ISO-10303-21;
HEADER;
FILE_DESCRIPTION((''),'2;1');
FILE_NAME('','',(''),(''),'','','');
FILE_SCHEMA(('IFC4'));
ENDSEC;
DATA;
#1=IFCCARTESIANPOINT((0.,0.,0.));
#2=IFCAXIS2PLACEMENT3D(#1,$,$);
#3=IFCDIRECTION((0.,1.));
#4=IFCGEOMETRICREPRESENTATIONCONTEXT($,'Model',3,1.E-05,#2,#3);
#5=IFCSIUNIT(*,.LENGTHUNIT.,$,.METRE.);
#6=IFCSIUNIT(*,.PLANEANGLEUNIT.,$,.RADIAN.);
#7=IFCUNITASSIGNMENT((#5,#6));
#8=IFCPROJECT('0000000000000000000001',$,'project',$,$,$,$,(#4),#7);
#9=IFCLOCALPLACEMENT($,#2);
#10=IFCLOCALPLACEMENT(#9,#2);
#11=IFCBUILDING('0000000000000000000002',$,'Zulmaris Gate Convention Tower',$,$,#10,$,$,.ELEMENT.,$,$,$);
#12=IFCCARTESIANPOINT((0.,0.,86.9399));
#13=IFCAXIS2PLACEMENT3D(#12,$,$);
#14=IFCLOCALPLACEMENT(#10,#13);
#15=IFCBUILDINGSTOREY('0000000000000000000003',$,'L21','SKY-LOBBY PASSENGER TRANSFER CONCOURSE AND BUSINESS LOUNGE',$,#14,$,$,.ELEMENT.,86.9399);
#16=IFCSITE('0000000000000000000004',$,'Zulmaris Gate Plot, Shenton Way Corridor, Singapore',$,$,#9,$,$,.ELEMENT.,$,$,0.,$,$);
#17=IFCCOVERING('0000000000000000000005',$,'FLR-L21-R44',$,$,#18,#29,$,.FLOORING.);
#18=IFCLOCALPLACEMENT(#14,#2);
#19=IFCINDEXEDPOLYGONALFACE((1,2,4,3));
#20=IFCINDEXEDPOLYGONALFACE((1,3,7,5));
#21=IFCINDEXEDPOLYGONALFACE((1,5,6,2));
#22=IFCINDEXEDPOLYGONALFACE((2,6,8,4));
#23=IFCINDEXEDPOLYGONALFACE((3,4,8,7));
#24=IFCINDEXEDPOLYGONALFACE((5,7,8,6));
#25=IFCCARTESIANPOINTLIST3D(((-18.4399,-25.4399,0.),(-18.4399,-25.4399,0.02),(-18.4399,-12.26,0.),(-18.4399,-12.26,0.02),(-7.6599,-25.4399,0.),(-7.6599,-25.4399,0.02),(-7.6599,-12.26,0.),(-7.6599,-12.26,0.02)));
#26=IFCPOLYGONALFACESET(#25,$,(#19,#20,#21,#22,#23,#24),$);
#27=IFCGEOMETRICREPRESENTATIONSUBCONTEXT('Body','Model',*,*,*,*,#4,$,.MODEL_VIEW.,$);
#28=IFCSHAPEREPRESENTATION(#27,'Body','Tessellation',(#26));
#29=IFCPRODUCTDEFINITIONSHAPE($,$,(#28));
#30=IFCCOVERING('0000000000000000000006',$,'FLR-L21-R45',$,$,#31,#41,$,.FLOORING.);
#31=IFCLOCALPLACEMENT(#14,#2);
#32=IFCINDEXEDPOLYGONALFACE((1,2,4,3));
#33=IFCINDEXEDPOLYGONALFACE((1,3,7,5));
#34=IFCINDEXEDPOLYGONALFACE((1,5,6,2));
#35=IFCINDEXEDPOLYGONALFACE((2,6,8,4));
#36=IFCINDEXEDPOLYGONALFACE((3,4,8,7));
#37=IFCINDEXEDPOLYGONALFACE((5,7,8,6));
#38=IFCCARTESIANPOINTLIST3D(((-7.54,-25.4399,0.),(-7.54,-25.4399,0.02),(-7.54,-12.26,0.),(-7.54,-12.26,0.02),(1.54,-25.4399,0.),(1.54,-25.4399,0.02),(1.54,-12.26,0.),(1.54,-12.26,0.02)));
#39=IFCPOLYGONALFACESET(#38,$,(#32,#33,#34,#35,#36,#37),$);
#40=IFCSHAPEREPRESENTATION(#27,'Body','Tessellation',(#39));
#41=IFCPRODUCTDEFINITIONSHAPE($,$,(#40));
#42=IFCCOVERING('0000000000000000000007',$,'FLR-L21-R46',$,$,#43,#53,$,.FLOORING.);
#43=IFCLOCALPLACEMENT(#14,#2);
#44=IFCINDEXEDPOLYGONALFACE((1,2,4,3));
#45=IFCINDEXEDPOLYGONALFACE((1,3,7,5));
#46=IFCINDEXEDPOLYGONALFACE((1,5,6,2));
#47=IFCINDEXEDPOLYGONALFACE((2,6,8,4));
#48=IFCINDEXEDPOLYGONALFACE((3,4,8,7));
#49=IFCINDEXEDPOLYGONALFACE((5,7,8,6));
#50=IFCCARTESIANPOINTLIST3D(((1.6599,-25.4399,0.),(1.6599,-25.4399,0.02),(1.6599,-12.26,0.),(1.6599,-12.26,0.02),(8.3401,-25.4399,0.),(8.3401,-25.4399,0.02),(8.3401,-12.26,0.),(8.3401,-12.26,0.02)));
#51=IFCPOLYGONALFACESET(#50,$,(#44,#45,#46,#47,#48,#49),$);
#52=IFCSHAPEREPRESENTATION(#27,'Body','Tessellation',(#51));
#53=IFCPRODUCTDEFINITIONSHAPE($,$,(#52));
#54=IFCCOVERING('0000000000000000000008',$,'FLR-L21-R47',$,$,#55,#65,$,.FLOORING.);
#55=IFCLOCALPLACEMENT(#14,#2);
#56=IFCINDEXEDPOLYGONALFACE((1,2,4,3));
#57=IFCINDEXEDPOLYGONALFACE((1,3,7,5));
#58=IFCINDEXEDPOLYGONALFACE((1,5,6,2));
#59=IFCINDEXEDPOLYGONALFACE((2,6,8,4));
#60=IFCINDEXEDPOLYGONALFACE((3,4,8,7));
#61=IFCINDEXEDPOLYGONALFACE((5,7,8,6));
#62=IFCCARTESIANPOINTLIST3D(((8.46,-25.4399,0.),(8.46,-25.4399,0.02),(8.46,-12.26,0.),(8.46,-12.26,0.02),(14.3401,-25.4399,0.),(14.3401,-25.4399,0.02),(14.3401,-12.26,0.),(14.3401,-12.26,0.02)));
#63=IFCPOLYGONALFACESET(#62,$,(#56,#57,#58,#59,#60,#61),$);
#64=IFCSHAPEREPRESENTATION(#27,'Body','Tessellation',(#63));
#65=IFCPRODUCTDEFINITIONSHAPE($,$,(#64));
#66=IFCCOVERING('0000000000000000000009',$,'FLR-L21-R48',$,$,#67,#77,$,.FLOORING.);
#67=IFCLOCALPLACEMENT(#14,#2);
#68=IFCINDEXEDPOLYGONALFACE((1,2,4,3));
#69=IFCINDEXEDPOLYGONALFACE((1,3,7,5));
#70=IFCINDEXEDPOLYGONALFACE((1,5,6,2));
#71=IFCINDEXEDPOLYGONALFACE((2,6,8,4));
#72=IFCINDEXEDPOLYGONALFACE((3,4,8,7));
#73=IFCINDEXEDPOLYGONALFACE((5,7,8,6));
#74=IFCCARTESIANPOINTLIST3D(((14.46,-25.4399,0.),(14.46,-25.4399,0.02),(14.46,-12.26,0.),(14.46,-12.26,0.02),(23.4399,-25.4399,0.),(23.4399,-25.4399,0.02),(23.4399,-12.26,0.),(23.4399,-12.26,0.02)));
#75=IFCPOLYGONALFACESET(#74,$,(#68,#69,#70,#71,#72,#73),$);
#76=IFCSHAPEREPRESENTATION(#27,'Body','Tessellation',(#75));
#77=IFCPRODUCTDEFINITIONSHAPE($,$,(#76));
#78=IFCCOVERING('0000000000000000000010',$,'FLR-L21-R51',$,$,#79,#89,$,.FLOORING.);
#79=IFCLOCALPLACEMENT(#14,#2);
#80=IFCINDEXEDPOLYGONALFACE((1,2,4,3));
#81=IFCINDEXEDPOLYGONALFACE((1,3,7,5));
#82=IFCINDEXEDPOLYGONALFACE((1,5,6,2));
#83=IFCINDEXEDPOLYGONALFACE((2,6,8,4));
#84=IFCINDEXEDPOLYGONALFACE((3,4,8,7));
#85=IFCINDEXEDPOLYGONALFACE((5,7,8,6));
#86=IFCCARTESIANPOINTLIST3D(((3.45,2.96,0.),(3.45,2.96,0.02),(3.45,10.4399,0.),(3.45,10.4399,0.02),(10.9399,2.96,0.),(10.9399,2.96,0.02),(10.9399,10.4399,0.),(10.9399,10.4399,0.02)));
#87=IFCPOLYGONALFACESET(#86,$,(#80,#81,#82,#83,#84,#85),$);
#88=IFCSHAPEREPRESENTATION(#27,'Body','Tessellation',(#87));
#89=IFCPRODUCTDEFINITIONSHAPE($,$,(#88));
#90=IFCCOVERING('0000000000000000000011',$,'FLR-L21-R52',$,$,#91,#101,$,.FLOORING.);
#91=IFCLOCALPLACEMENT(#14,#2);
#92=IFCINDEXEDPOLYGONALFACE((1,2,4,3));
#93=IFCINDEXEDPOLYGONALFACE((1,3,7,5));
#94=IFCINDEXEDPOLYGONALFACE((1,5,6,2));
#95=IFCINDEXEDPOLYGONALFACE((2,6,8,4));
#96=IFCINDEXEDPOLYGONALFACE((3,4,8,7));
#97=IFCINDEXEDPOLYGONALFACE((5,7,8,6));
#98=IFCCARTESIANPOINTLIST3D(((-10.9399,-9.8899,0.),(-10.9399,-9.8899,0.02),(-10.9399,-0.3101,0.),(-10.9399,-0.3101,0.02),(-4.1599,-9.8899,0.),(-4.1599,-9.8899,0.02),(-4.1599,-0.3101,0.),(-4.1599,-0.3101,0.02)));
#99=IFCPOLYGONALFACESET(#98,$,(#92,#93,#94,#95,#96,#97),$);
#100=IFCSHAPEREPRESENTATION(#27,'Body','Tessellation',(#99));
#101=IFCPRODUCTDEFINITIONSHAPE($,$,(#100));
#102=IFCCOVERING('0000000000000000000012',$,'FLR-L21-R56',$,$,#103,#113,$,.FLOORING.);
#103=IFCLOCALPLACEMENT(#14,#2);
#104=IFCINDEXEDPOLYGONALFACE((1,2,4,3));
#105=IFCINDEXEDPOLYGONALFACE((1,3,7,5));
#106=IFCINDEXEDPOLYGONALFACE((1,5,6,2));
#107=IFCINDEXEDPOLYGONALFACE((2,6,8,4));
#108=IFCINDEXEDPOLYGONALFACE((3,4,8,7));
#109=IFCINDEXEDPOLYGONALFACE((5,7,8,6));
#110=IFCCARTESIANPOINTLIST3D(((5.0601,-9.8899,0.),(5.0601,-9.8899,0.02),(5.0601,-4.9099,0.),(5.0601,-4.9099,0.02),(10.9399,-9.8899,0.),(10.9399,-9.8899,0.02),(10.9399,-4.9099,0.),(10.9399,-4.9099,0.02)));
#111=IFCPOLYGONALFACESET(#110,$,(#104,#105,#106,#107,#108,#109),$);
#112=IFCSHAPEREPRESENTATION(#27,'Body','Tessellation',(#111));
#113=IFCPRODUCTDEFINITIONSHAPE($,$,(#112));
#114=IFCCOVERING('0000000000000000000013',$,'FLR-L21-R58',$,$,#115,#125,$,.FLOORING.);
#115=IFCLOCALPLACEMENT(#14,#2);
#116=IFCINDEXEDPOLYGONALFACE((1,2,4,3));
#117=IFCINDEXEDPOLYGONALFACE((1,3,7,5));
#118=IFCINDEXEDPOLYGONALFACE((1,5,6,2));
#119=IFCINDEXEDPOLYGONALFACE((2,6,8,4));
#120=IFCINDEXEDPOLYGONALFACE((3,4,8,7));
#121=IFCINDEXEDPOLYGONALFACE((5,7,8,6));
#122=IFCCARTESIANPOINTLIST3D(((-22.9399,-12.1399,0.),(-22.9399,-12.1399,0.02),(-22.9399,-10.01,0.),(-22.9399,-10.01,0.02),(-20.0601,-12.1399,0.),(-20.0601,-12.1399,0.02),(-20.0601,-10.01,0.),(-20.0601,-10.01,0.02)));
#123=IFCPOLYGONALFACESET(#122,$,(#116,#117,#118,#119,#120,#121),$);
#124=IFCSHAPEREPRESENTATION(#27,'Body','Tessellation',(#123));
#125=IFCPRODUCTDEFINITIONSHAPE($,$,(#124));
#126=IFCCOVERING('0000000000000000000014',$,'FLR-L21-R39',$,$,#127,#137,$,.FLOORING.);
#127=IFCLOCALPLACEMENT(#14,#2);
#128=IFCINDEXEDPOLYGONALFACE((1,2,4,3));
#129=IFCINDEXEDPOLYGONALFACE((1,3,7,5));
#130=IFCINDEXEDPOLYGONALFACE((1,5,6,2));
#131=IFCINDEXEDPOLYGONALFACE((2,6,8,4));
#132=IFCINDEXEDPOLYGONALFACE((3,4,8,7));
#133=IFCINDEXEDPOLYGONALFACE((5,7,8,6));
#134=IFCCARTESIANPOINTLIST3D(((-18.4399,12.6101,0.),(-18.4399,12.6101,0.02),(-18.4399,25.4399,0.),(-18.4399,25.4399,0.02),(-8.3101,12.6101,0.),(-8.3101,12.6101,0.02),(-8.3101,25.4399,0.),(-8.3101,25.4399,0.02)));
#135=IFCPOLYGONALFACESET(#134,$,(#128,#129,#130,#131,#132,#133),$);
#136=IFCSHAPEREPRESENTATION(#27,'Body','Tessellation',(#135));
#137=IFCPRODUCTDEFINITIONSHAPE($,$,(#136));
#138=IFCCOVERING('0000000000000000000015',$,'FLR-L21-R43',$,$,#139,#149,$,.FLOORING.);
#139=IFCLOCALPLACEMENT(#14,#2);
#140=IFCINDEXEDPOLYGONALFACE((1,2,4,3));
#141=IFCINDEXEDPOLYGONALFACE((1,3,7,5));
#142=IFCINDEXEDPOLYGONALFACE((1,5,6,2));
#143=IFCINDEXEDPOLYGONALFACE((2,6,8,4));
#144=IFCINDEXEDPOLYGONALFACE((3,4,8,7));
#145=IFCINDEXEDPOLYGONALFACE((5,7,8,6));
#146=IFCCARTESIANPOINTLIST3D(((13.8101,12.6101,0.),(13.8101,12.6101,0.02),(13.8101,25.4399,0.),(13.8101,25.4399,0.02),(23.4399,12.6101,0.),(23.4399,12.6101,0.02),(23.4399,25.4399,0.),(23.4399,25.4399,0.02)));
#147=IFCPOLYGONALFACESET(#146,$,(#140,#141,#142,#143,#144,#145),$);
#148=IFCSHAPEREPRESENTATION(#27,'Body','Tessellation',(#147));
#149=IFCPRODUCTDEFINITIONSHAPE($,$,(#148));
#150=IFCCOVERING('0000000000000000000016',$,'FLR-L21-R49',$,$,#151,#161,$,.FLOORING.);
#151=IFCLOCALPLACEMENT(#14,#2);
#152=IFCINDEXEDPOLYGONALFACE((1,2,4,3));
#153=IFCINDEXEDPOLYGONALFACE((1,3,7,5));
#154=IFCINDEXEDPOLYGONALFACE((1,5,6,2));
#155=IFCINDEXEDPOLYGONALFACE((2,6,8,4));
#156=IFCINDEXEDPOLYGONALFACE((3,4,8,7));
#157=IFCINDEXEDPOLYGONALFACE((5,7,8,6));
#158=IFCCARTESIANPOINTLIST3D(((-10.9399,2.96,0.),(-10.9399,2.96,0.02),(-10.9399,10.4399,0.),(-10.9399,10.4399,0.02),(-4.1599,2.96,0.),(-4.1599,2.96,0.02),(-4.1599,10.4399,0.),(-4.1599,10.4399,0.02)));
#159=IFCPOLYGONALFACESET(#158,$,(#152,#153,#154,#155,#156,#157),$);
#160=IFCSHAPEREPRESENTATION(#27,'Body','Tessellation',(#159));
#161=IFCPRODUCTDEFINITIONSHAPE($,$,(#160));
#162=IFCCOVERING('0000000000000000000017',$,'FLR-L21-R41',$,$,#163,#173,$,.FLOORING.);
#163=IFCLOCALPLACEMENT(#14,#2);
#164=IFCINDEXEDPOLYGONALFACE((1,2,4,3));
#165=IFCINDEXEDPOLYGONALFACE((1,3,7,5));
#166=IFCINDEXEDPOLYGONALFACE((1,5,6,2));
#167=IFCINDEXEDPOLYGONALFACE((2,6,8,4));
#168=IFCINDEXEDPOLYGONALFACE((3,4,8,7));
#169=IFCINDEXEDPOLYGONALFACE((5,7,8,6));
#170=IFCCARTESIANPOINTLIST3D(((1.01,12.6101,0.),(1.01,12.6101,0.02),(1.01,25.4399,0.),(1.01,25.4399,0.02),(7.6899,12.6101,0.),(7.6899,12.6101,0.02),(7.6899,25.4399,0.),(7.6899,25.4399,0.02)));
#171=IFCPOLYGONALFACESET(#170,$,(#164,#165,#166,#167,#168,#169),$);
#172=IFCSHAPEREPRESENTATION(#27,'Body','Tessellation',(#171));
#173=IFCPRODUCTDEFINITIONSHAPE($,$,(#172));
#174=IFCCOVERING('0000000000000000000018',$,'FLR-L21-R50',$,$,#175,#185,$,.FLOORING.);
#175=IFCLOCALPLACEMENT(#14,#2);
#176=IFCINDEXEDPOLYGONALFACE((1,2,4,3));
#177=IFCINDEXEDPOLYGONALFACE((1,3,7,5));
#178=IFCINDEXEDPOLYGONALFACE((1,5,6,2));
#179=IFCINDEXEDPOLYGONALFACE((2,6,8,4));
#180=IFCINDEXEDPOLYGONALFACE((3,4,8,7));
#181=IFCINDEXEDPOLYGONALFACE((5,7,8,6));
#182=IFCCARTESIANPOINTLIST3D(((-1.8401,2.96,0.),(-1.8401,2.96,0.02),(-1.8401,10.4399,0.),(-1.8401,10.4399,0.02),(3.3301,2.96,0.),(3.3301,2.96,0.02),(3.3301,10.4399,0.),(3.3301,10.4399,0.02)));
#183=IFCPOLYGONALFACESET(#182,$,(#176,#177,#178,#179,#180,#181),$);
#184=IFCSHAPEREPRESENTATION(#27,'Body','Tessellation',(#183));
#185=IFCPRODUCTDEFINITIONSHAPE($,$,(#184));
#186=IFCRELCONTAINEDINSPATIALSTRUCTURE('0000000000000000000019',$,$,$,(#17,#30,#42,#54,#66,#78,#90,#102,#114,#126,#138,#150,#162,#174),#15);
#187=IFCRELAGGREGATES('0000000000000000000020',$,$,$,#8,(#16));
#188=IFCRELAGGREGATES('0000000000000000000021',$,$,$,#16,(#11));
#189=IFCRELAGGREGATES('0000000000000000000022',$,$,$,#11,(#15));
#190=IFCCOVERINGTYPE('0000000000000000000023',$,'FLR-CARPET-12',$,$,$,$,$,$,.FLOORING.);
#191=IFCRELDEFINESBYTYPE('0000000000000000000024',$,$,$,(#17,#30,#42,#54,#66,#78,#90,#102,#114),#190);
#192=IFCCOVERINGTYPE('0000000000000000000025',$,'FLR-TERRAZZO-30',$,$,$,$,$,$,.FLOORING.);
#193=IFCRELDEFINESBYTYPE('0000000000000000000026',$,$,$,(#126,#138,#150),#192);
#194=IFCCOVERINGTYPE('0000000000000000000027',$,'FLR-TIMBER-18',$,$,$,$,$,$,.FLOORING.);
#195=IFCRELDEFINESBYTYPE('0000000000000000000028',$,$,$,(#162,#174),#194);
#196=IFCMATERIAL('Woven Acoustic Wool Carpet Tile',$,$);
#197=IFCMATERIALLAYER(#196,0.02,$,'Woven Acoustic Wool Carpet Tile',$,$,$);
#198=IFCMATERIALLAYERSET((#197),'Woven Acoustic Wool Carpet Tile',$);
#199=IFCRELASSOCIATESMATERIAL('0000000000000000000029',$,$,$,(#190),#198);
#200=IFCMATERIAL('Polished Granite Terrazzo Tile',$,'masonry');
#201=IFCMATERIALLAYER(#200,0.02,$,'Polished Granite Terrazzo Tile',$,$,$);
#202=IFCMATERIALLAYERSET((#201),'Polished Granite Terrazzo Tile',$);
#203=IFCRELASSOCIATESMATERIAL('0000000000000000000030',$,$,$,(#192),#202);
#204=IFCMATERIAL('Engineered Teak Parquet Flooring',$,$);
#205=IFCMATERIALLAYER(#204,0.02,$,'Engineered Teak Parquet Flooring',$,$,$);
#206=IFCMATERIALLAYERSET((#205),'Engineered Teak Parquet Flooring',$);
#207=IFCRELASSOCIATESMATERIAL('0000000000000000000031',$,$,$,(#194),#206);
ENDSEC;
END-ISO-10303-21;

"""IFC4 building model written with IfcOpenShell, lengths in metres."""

from ifc_helpers import new_model, si_unit, direction, frame, origin, place, context, subcontext, project, spatial, polyline, outline, extrude, material, layer, layer_set, type_object, element, save


model = new_model("IFC4")

# Units and contexts
model_context = context("Model", 3, precision=1e-05, world=origin(), true_north=direction((0.0, 1.0)))
body_context = subcontext(model_context, "Body", "Model", "MODEL_VIEW")
ifc_project = project(units=[si_unit("LENGTHUNIT", "METRE"), si_unit("PLANEANGLEUNIT", "RADIAN")], contexts=[model_context])

# Site, building, storey
site_placement = place(None, origin())
site = spatial("IfcSite", under=ifc_project, at=site_placement, Name="Zulmaris Gate Plot, Shenton Way Corridor, Singapore", CompositionType="ELEMENT", RefElevation=0.0)
building_placement = place(site_placement, origin())
building = spatial("IfcBuilding", under=site, at=building_placement, Name="Zulmaris Gate Convention Tower", CompositionType="ELEMENT")
storey_placement = place(building_placement, frame((0.0, 0.0, 86.9399)))
storey = spatial("IfcBuildingStorey", under=building, at=storey_placement, Name="L21", Description="SKY-LOBBY PASSENGER TRANSFER CONCOURSE AND BUSINESS LOUNGE", CompositionType="ELEMENT", Elevation=86.9399)

# Coverings
ifc_material_1 = material(Name="Woven Acoustic Wool Carpet Tile")
ifc_layer_1 = layer(ifc_material_1, 0.02, Name="Woven Acoustic Wool Carpet Tile")
ifc_layer_set_1 = layer_set([ifc_layer_1], Name="Woven Acoustic Wool Carpet Tile")
covering_type_1 = type_object("IfcCoveringType", Name="FLR-CARPET-12", PredefinedType="FLOORING", material=ifc_layer_set_1)
covering_1_placement = place(storey_placement, origin())
element("IfcCovering", 1, at=covering_1_placement, inside=storey, type_object=covering_type_1, Name="FLR-L21-R44", PredefinedType="FLOORING", context=body_context, shape_type="SweptSolid", body=[
    extrude(outline(polyline([(-18.4399, -25.4399), (-7.6599, -25.4399), (-7.6599, -12.26), (-18.4399, -12.26), (-18.4399, -25.4399)])), origin(), (0.0, 0.0, 1.0), 0.02),
])
covering_2_placement = place(storey_placement, origin())
element("IfcCovering", 2, at=covering_2_placement, inside=storey, type_object=covering_type_1, Name="FLR-L21-R45", PredefinedType="FLOORING", context=body_context, shape_type="SweptSolid", body=[
    extrude(outline(polyline([(-7.54, -25.4399), (1.54, -25.4399), (1.54, -12.26), (-7.54, -12.26), (-7.54, -25.4399)])), origin(), (0.0, 0.0, 1.0), 0.02),
])
covering_3_placement = place(storey_placement, origin())
element("IfcCovering", 3, at=covering_3_placement, inside=storey, type_object=covering_type_1, Name="FLR-L21-R46", PredefinedType="FLOORING", context=body_context, shape_type="SweptSolid", body=[
    extrude(outline(polyline([(1.6599, -25.4399), (8.3401, -25.4399), (8.3401, -12.26), (1.6599, -12.26), (1.6599, -25.4399)])), origin(), (0.0, 0.0, 1.0), 0.02),
])
covering_4_placement = place(storey_placement, origin())
element("IfcCovering", 4, at=covering_4_placement, inside=storey, type_object=covering_type_1, Name="FLR-L21-R47", PredefinedType="FLOORING", context=body_context, shape_type="SweptSolid", body=[
    extrude(outline(polyline([(8.46, -25.4399), (14.3401, -25.4399), (14.3401, -12.26), (8.46, -12.26), (8.46, -25.4399)])), origin(), (0.0, 0.0, 1.0), 0.02),
])
covering_5_placement = place(storey_placement, origin())
element("IfcCovering", 5, at=covering_5_placement, inside=storey, type_object=covering_type_1, Name="FLR-L21-R48", PredefinedType="FLOORING", context=body_context, shape_type="SweptSolid", body=[
    extrude(outline(polyline([(14.46, -25.4399), (23.4399, -25.4399), (23.4399, -12.26), (14.46, -12.26), (14.46, -25.4399)])), origin(), (0.0, 0.0, 1.0), 0.02),
])
covering_6_placement = place(storey_placement, origin())
element("IfcCovering", 6, at=covering_6_placement, inside=storey, type_object=covering_type_1, Name="FLR-L21-R51", PredefinedType="FLOORING", context=body_context, shape_type="SweptSolid", body=[
    extrude(outline(polyline([(3.45, 2.96), (10.9399, 2.96), (10.9399, 10.4399), (3.45, 10.4399), (3.45, 2.96)])), origin(), (0.0, 0.0, 1.0), 0.02),
])
covering_7_placement = place(storey_placement, origin())
element("IfcCovering", 7, at=covering_7_placement, inside=storey, type_object=covering_type_1, Name="FLR-L21-R52", PredefinedType="FLOORING", context=body_context, shape_type="SweptSolid", body=[
    extrude(outline(polyline([(-10.9399, -9.8899), (-4.1599, -9.8899), (-4.1599, -0.3101), (-10.9399, -0.3101), (-10.9399, -9.8899)])), origin(), (0.0, 0.0, 1.0), 0.02),
])
covering_8_placement = place(storey_placement, origin())
element("IfcCovering", 8, at=covering_8_placement, inside=storey, type_object=covering_type_1, Name="FLR-L21-R56", PredefinedType="FLOORING", context=body_context, shape_type="SweptSolid", body=[
    extrude(outline(polyline([(5.0601, -9.8899), (10.9399, -9.8899), (10.9399, -4.9099), (5.0601, -4.9099), (5.0601, -9.8899)])), origin(), (0.0, 0.0, 1.0), 0.02),
])
covering_9_placement = place(storey_placement, origin())
element("IfcCovering", 9, at=covering_9_placement, inside=storey, type_object=covering_type_1, Name="FLR-L21-R58", PredefinedType="FLOORING", context=body_context, shape_type="SweptSolid", body=[
    extrude(outline(polyline([(-22.9399, -12.1399), (-20.0601, -12.1399), (-20.0601, -10.01), (-22.9399, -10.01), (-22.9399, -12.1399)])), origin(), (0.0, 0.0, 1.0), 0.02),
])
ifc_material_2 = material(Name="Polished Granite Terrazzo Tile", Category="masonry")
ifc_layer_2 = layer(ifc_material_2, 0.02, Name="Polished Granite Terrazzo Tile")
ifc_layer_set_2 = layer_set([ifc_layer_2], Name="Polished Granite Terrazzo Tile")
covering_type_2 = type_object("IfcCoveringType", Name="FLR-TERRAZZO-30", PredefinedType="FLOORING", material=ifc_layer_set_2)
covering_10_placement = place(storey_placement, origin())
element("IfcCovering", 10, at=covering_10_placement, inside=storey, type_object=covering_type_2, Name="FLR-L21-R39", PredefinedType="FLOORING", context=body_context, shape_type="SweptSolid", body=[
    extrude(outline(polyline([(-18.4399, 12.6101), (-8.3101, 12.6101), (-8.3101, 25.4399), (-18.4399, 25.4399), (-18.4399, 12.6101)])), origin(), (0.0, 0.0, 1.0), 0.02),
])
covering_11_placement = place(storey_placement, origin())
element("IfcCovering", 11, at=covering_11_placement, inside=storey, type_object=covering_type_2, Name="FLR-L21-R43", PredefinedType="FLOORING", context=body_context, shape_type="SweptSolid", body=[
    extrude(outline(polyline([(13.8101, 12.6101), (23.4399, 12.6101), (23.4399, 25.4399), (13.8101, 25.4399), (13.8101, 12.6101)])), origin(), (0.0, 0.0, 1.0), 0.02),
])
covering_12_placement = place(storey_placement, origin())
element("IfcCovering", 12, at=covering_12_placement, inside=storey, type_object=covering_type_2, Name="FLR-L21-R49", PredefinedType="FLOORING", context=body_context, shape_type="SweptSolid", body=[
    extrude(outline(polyline([(-10.9399, 2.96), (-4.1599, 2.96), (-4.1599, 10.4399), (-10.9399, 10.4399), (-10.9399, 2.96)])), origin(), (0.0, 0.0, 1.0), 0.02),
])
ifc_material_3 = material(Name="Engineered Teak Parquet Flooring")
ifc_layer_3 = layer(ifc_material_3, 0.02, Name="Engineered Teak Parquet Flooring")
ifc_layer_set_3 = layer_set([ifc_layer_3], Name="Engineered Teak Parquet Flooring")
covering_type_3 = type_object("IfcCoveringType", Name="FLR-TIMBER-18", PredefinedType="FLOORING", material=ifc_layer_set_3)
covering_13_placement = place(storey_placement, origin())
element("IfcCovering", 13, at=covering_13_placement, inside=storey, type_object=covering_type_3, Name="FLR-L21-R41", PredefinedType="FLOORING", context=body_context, shape_type="SweptSolid", body=[
    extrude(outline(polyline([(1.01, 12.6101), (7.6899, 12.6101), (7.6899, 25.4399), (1.01, 25.4399), (1.01, 12.6101)])), origin(), (0.0, 0.0, 1.0), 0.02),
])
covering_14_placement = place(storey_placement, origin())
element("IfcCovering", 14, at=covering_14_placement, inside=storey, type_object=covering_type_3, Name="FLR-L21-R50", PredefinedType="FLOORING", context=body_context, shape_type="SweptSolid", body=[
    extrude(outline(polyline([(-1.8401, 2.96), (3.3301, 2.96), (3.3301, 10.4399), (-1.8401, 10.4399), (-1.8401, 2.96)])), origin(), (0.0, 0.0, 1.0), 0.02),
])

save(model, "model.ifc")
